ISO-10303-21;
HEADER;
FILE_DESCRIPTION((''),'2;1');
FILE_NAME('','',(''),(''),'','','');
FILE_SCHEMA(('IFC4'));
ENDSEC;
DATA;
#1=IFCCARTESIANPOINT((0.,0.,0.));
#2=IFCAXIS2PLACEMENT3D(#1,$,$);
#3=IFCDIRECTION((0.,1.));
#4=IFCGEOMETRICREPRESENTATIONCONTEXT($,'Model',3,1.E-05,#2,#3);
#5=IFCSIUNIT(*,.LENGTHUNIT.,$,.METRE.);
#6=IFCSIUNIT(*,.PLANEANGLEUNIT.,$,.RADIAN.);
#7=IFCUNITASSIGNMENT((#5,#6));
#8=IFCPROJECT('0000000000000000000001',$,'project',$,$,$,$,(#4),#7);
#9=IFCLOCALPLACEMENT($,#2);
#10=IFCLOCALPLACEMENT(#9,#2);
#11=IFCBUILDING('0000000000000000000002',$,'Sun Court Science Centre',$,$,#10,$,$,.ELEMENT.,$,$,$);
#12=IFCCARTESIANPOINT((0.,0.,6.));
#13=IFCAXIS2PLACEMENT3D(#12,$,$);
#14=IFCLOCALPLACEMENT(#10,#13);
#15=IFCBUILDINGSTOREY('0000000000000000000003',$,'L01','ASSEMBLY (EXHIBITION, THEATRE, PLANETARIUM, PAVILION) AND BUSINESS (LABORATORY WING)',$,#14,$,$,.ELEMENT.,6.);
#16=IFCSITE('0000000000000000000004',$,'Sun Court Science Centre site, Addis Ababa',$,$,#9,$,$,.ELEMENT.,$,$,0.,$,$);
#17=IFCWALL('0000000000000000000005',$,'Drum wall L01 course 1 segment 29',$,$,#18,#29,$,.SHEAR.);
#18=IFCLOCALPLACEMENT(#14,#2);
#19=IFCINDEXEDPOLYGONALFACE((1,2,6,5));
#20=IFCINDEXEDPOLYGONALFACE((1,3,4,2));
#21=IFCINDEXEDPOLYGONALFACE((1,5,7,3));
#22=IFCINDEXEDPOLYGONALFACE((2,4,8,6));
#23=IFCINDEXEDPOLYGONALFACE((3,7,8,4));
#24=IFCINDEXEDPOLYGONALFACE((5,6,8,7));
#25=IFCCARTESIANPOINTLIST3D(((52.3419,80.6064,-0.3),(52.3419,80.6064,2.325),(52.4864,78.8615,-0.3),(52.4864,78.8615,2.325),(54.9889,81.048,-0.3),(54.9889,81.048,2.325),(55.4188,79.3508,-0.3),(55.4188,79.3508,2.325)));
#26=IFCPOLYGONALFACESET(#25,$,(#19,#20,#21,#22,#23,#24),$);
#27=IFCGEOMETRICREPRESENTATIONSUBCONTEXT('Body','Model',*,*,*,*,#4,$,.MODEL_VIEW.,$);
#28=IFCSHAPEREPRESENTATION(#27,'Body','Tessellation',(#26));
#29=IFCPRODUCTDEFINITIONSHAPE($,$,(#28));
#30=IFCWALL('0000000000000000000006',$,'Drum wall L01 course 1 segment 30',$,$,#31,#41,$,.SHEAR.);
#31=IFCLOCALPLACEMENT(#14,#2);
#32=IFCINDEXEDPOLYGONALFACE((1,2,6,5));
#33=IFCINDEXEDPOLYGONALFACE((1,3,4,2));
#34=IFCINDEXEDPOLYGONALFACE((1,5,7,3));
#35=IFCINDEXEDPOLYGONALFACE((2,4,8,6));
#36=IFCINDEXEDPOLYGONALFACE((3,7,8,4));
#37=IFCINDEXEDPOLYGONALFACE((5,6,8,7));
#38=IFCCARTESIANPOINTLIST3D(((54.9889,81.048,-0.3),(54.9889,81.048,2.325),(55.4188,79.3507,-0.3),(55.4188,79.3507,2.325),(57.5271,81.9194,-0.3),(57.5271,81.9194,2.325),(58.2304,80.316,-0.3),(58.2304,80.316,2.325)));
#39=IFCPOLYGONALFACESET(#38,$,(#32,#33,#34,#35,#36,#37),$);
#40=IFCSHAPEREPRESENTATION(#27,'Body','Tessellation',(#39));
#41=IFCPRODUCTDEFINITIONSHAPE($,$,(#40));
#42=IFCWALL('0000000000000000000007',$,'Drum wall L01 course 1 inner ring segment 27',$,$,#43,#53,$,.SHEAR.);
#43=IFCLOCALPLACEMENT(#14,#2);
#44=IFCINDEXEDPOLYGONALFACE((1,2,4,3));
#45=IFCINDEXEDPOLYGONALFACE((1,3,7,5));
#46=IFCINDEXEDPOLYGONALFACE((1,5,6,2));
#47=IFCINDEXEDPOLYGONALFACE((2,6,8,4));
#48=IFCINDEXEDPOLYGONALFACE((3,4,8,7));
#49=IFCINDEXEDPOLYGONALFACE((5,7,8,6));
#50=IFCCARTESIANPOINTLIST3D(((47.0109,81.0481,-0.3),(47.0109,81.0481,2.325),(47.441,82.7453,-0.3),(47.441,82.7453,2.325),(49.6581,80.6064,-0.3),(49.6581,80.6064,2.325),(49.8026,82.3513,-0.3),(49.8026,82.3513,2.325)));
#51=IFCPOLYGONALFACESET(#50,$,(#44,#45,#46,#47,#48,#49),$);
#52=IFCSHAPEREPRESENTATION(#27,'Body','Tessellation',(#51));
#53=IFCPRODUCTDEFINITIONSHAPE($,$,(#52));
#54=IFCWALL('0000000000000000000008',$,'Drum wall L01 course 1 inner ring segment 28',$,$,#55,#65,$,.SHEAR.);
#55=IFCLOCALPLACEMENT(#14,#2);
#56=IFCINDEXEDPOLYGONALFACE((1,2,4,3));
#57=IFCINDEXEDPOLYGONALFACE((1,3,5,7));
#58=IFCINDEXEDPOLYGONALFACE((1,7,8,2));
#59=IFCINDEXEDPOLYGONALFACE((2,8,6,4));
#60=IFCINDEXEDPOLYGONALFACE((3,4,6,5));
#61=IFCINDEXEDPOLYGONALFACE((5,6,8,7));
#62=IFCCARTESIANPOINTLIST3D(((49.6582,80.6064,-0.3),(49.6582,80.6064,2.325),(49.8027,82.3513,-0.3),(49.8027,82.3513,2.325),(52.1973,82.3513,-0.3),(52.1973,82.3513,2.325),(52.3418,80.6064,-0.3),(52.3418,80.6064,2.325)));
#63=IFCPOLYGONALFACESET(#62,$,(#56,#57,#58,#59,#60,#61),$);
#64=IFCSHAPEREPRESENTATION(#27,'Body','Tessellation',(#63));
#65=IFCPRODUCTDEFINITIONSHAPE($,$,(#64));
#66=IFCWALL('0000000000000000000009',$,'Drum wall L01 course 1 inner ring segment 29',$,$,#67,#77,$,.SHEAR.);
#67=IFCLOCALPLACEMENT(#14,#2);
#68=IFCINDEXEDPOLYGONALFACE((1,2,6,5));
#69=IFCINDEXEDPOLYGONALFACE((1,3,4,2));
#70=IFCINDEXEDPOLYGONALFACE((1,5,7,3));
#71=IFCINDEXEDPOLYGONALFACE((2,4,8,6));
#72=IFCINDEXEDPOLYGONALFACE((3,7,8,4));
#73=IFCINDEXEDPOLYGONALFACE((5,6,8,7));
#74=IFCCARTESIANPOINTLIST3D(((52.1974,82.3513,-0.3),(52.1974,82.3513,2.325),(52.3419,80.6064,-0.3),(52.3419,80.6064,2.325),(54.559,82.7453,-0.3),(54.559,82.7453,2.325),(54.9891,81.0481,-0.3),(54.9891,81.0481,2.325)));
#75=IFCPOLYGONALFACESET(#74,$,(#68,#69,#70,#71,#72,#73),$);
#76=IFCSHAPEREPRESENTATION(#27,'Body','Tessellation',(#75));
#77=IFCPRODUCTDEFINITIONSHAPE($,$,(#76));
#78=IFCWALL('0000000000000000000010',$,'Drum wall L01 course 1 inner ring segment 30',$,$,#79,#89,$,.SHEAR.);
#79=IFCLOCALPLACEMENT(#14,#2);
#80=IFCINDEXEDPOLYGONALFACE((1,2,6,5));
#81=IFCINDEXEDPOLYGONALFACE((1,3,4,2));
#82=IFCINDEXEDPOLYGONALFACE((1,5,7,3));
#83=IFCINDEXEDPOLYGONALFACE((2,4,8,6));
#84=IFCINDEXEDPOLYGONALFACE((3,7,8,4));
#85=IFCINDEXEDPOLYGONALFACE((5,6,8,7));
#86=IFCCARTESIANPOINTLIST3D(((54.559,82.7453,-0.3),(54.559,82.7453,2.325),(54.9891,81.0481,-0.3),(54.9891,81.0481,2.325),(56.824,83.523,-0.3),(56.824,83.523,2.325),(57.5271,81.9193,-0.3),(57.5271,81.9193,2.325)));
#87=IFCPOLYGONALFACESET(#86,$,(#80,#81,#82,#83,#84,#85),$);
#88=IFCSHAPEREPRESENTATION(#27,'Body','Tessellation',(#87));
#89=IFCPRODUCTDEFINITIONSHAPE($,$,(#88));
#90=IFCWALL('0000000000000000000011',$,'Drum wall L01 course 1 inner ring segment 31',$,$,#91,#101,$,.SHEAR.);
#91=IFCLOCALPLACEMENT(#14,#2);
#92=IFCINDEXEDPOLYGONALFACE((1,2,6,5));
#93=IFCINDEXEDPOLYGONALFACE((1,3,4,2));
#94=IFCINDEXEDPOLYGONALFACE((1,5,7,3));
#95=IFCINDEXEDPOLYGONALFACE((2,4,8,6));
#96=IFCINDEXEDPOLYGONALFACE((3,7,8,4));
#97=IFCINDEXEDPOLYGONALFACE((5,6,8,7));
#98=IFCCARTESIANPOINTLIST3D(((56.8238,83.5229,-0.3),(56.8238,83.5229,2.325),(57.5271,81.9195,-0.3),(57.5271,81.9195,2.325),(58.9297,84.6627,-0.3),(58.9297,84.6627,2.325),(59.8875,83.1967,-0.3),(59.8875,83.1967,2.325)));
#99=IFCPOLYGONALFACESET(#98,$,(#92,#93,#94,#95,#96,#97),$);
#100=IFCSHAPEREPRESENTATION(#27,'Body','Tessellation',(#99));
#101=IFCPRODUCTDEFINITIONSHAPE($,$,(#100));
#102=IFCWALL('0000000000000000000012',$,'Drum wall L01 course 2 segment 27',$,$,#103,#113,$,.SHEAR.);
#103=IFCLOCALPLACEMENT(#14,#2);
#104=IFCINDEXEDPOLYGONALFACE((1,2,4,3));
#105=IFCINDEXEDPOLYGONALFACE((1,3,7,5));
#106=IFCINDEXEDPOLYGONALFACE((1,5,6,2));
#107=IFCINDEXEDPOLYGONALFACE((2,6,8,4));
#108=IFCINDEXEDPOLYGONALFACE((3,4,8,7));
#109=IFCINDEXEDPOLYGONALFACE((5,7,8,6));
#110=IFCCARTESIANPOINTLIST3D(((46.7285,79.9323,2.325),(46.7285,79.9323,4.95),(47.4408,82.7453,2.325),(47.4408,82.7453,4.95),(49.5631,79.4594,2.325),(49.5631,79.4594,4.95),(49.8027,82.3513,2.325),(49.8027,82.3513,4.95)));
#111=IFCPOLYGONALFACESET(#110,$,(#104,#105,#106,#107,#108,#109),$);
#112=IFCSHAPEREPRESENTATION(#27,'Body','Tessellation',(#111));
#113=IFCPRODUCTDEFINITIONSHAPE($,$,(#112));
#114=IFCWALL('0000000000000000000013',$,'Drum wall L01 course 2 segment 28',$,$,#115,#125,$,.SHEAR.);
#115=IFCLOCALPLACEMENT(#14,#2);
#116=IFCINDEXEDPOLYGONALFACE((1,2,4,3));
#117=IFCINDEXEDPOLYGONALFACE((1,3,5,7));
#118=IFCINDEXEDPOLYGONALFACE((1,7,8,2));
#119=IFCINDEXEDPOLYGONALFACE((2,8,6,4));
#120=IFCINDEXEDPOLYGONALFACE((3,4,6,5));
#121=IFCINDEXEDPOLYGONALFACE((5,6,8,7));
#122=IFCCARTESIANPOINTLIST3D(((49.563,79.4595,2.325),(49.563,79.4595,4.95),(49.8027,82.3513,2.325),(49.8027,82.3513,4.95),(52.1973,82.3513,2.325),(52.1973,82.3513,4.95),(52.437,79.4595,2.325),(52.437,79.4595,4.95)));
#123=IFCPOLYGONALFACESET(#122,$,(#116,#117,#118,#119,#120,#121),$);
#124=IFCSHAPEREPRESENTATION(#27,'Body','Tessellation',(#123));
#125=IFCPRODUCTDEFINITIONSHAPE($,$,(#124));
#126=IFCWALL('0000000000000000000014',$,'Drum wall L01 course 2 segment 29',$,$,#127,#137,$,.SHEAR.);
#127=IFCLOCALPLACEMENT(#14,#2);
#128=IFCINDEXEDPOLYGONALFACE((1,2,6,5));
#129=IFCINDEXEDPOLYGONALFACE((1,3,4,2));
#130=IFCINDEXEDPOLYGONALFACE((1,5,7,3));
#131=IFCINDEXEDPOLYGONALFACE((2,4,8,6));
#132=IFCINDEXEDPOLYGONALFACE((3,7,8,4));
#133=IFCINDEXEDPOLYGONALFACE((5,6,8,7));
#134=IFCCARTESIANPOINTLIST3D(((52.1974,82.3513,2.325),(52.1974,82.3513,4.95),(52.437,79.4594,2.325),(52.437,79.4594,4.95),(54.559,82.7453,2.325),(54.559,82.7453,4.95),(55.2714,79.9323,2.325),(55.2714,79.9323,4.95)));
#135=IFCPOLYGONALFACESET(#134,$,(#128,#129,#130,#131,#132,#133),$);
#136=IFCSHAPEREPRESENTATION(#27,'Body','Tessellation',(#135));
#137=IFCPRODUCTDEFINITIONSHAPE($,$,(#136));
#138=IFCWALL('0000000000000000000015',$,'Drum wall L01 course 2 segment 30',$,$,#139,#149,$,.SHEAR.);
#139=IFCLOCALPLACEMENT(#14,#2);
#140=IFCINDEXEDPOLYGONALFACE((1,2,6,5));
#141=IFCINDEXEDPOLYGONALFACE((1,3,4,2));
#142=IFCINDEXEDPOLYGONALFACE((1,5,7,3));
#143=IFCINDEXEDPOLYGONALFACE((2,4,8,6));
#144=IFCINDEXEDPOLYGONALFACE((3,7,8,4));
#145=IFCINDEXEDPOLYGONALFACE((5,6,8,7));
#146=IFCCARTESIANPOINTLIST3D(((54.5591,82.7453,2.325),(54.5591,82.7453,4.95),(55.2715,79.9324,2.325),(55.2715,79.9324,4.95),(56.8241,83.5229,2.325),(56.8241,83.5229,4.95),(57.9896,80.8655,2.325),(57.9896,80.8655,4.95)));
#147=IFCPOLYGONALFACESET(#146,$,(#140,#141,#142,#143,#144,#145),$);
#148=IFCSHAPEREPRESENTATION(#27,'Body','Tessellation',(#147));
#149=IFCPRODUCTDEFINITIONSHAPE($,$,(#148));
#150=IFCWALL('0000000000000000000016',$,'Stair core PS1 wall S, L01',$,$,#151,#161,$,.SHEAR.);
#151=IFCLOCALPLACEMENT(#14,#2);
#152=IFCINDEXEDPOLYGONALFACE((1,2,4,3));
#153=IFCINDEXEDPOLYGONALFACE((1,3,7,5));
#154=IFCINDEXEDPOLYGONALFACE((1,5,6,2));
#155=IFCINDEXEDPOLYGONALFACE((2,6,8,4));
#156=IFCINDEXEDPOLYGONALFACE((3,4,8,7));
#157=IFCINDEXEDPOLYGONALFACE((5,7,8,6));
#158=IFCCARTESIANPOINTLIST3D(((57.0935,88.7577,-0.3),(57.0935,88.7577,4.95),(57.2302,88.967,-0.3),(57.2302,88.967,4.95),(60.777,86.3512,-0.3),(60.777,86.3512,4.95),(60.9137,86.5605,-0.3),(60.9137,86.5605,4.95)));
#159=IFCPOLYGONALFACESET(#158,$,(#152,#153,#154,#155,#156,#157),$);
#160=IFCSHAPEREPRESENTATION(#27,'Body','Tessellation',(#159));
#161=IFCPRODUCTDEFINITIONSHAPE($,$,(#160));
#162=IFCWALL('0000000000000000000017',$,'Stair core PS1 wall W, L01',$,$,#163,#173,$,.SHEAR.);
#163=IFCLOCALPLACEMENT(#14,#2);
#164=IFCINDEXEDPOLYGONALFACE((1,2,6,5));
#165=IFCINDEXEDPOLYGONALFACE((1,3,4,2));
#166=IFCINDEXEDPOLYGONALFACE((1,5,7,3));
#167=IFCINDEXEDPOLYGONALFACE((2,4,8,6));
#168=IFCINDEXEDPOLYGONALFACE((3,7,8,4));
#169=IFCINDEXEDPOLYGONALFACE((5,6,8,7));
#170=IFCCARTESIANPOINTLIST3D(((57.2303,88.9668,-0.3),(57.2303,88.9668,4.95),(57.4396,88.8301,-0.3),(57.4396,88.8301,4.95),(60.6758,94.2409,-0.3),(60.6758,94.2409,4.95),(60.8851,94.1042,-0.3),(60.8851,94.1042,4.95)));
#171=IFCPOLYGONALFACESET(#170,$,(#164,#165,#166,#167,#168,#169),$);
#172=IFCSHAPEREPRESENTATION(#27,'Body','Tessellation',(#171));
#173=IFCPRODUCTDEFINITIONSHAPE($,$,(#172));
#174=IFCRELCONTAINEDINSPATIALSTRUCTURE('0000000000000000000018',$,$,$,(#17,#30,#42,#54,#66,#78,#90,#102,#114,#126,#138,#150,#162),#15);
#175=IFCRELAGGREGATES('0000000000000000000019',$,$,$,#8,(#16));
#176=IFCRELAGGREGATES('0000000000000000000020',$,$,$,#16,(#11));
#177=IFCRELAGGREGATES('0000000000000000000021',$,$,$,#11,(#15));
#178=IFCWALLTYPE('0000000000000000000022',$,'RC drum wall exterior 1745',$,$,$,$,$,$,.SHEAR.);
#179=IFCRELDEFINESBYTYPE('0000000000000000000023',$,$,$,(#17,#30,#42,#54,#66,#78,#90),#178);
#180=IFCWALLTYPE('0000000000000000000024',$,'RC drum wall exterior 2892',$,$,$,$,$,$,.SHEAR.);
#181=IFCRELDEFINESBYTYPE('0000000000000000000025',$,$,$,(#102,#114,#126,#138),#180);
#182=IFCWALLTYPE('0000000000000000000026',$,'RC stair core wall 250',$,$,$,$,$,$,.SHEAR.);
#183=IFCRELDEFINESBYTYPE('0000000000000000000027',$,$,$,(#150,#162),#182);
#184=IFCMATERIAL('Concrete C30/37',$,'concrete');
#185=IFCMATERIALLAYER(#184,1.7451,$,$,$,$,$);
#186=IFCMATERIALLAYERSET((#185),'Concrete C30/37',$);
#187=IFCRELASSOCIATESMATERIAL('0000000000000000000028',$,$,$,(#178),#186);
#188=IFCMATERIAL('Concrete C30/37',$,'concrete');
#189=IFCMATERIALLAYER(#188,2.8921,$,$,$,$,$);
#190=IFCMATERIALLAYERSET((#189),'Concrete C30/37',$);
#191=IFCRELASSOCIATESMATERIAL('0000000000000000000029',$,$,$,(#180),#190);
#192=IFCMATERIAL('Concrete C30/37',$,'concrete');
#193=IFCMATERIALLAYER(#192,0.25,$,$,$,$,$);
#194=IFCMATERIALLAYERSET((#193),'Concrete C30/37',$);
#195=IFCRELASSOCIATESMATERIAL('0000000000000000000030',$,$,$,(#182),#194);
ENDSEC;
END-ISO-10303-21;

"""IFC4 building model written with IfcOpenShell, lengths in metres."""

from ifc_helpers import new_model, si_unit, direction, frame, frame_2d, origin, place, context, subcontext, project, spatial, polyline, rectangle, outline, extrude, material, layer, layer_set, type_object, element, save


model = new_model("IFC4")

# Units and contexts
model_context = context("Model", 3, precision=1e-05, world=origin(), true_north=direction((0.0, 1.0)))
body_context = subcontext(model_context, "Body", "Model", "MODEL_VIEW")
ifc_project = project(units=[si_unit("LENGTHUNIT", "METRE"), si_unit("PLANEANGLEUNIT", "RADIAN")], contexts=[model_context])

# Site, building, storey
site_placement = place(None, origin())
site = spatial("IfcSite", under=ifc_project, at=site_placement, Name="Sun Court Science Centre site, Addis Ababa", CompositionType="ELEMENT", RefElevation=0.0)
building_placement = place(site_placement, origin())
building = spatial("IfcBuilding", under=site, at=building_placement, Name="Sun Court Science Centre", CompositionType="ELEMENT")
storey_placement = place(building_placement, frame((0.0, 0.0, 6.0)))
storey = spatial("IfcBuildingStorey", under=building, at=storey_placement, Name="L01", Description="ASSEMBLY (EXHIBITION, THEATRE, PLANETARIUM, PAVILION) AND BUSINESS (LABORATORY WING)", CompositionType="ELEMENT", Elevation=6.0)

# Walls
ifc_material_1 = material(Name="Concrete C30/37", Category="concrete")
ifc_layer_1 = layer(ifc_material_1, 1.7451)
ifc_layer_set_1 = layer_set([ifc_layer_1], Name="Concrete C30/37")
wall_type_1 = type_object("IfcWallType", Name="RC drum wall exterior 1745", PredefinedType="SHEAR", material=ifc_layer_set_1)
wall_1_placement = place(storey_placement, frame((52.3428, 79.7219, -0.3), z_axis=(0.0, 0.0, 1.0), x_axis=(0.986352, 0.164652, 0.0)))
element("IfcWall", 1, at=wall_1_placement, inside=storey, type_object=wall_type_1, Name="Drum wall L01 course 1 segment 29", PredefinedType="SHEAR", context=body_context, shape_type="SweptSolid", body=[
    extrude(outline(polyline([(0.0, -0.8723), (2.9729, -0.8726), (2.8284, 0.8723), (0.1448, 0.8726), (0.0, -0.8723)])), origin(), (0.0, 0.0, 1.0), 2.625),
])
wall_2_placement = place(storey_placement, frame((55.1355, 80.176, -0.3), z_axis=(0.0, 0.0, 1.0), x_axis=(0.945812, 0.324715, 0.0)))
element("IfcWall", 2, at=wall_2_placement, inside=storey, type_object=wall_type_1, Name="Drum wall L01 course 1 segment 30", PredefinedType="SHEAR", context=body_context, shape_type="SweptSolid", body=[
    extrude(outline(polyline([(0.0, -0.8726), (2.9727, -0.8726), (2.8281, 0.8723), (0.1445, 0.8723), (0.0, -0.8726)])), origin(), (0.0, 0.0, 1.0), 2.625),
])
wall_3_placement = place(storey_placement, frame((47.1548, 81.9087, -0.3), z_axis=(0.0, 0.0, 1.0), x_axis=(0.98635, -0.164665, 0.0)))
element("IfcWall", 3, at=wall_3_placement, inside=storey, type_object=wall_type_1, Name="Drum wall L01 course 1 inner ring segment 27", PredefinedType="SHEAR", context=body_context, shape_type="SweptSolid", body=[
    extrude(outline(polyline([(-0.0002, -0.8726), (2.6836, -0.8723), (2.5388, 0.8726), (0.1445, 0.8723), (-0.0002, -0.8726)])), origin(), (0.0, 0.0, 1.0), 2.625),
])
wall_4_placement = place(storey_placement, frame((49.6582, 81.4788, -0.3), z_axis=(0.0, 0.0, 1.0), x_axis=(1.0, 0.0, 0.0)))
element("IfcWall", 4, at=wall_4_placement, inside=storey, type_object=wall_type_1, Name="Drum wall L01 course 1 inner ring segment 28", PredefinedType="SHEAR", context=body_context, shape_type="SweptSolid", body=[
    extrude(outline(polyline([(0.0, -0.8723), (2.6836, -0.8723), (2.5391, 0.8726), (0.1445, 0.8726), (0.0, -0.8723)])), origin(), (0.0, 0.0, 1.0), 2.625),
])
wall_5_placement = place(storey_placement, frame((52.1982, 81.4668, -0.3), z_axis=(0.0, 0.0, 1.0), x_axis=(0.98635, 0.164665, 0.0)))
element("IfcWall", 5, at=wall_5_placement, inside=storey, type_object=wall_type_1, Name="Drum wall L01 course 1 inner ring segment 29", PredefinedType="SHEAR", context=body_context, shape_type="SweptSolid", body=[
    extrude(outline(polyline([(0.0, -0.8723), (2.6838, -0.8726), (2.5391, 0.8723), (0.1448, 0.8726), (0.0, -0.8723)])), origin(), (0.0, 0.0, 1.0), 2.625),
])
wall_6_placement = place(storey_placement, frame((54.7056, 81.8733, -0.3), z_axis=(0.0, 0.0, 1.0), x_axis=(0.945825, 0.324675, 0.0)))
element("IfcWall", 6, at=wall_6_placement, inside=storey, type_object=wall_type_1, Name="Drum wall L01 course 1 inner ring segment 30", PredefinedType="SHEAR", context=body_context, shape_type="SweptSolid", body=[
    extrude(outline(polyline([(0.0002, -0.8726), (2.6836, -0.8726), (2.5393, 0.8726), (0.1445, 0.8723), (0.0002, -0.8726)])), origin(), (0.0, 0.0, 1.0), 2.625),
])
wall_7_placement = place(storey_placement, frame((57.1121, 82.6868, -0.3), z_axis=(0.0, 0.0, 1.0), x_axis=(0.879455, 0.475981, 0.0)))
element("IfcWall", 7, at=wall_7_placement, inside=storey, type_object=wall_type_1, Name="Drum wall L01 course 1 inner ring segment 31", PredefinedType="SHEAR", context=body_context, shape_type="SweptSolid", body=[
    extrude(outline(polyline([(-0.0002, -0.8723), (2.6836, -0.8726), (2.5391, 0.8726), (0.1445, 0.8726), (-0.0002, -0.8723)])), origin(), (0.0, 0.0, 1.0), 2.625),
])
ifc_material_2 = material(Name="Concrete C30/37", Category="concrete")
ifc_layer_2 = layer(ifc_material_2, 2.8921)
ifc_layer_set_2 = layer_set([ifc_layer_2], Name="Concrete C30/37")
wall_type_2 = type_object("IfcWallType", Name="RC drum wall exterior 2892", PredefinedType="SHEAR", material=ifc_layer_set_2)
wall_8_placement = place(storey_placement, frame((46.9666, 81.3586, 2.325), z_axis=(0.0, 0.0, 1.0), x_axis=(0.986353, -0.164647, 0.0)))
element("IfcWall", 8, at=wall_8_placement, inside=storey, type_object=wall_type_2, Name="Drum wall L01 course 2 segment 27", PredefinedType="SHEAR", context=body_context, shape_type="SweptSolid", body=[
    extrude(outline(polyline([(0.0, -1.446), (2.8738, -1.4458), (2.634, 1.446), (0.2395, 1.4458), (0.0, -1.446)])), origin(), (0.0, 0.0, 1.0), 2.625),
])
wall_9_placement = place(storey_placement, frame((49.5632, 80.9053, 2.325), z_axis=(0.0, 0.0, 1.0), x_axis=(1.0, 0.0, 0.0)))
element("IfcWall", 9, at=wall_9_placement, inside=storey, type_object=wall_type_2, Name="Drum wall L01 course 2 segment 28", PredefinedType="SHEAR", context=body_context, shape_type="SweptSolid", body=[
    extrude(outline(polyline([(-0.0002, -1.4458), (2.8738, -1.4458), (2.634, 1.446), (0.2395, 1.446), (-0.0002, -1.4458)])), origin(), (0.0, 0.0, 1.0), 2.625),
])
wall_10_placement = place(storey_placement, frame((52.199, 80.8855, 2.325), z_axis=(0.0, 0.0, 1.0), x_axis=(0.986353, 0.164647, 0.0)))
element("IfcWall", 10, at=wall_10_placement, inside=storey, type_object=wall_type_2, Name="Drum wall L01 course 2 segment 29", PredefinedType="SHEAR", context=body_context, shape_type="SweptSolid", body=[
    extrude(outline(polyline([(0.0, -1.4458), (2.8735, -1.446), (2.634, 1.4458), (0.2397, 1.446), (0.0, -1.4458)])), origin(), (0.0, 0.0, 1.0), 2.625),
])
wall_11_placement = place(storey_placement, frame((54.802, 81.3, 2.325), z_axis=(0.0, 0.0, 1.0), x_axis=(0.945816, 0.324702, 0.0)))
element("IfcWall", 11, at=wall_11_placement, inside=storey, type_object=wall_type_2, Name="Drum wall L01 course 2 segment 30", PredefinedType="SHEAR", context=body_context, shape_type="SweptSolid", body=[
    extrude(outline(polyline([(0.0, -1.446), (2.8738, -1.446), (2.6343, 1.4458), (0.2395, 1.4458), (0.0, -1.446)])), origin(), (0.0, 0.0, 1.0), 2.625),
])
ifc_material_3 = material(Name="Concrete C30/37", Category="concrete")
ifc_layer_3 = layer(ifc_material_3, 0.25)
ifc_layer_set_3 = layer_set([ifc_layer_3], Name="Concrete C30/37")
wall_type_3 = type_object("IfcWallType", Name="RC stair core wall 250", PredefinedType="SHEAR", material=ifc_layer_set_3)
wall_12_placement = place(storey_placement, frame((57.1619, 88.8623, -0.3), z_axis=(0.0, 0.0, 1.0), x_axis=(0.837179, -0.546929, 0.0)))
element("IfcWall", 12, at=wall_12_placement, inside=storey, type_object=wall_type_3, Name="Stair core PS1 wall S, L01", PredefinedType="SHEAR", context=body_context, shape_type="SweptSolid", body=[
    extrude(rectangle(XDim=4.3999, YDim=0.25, at=frame_2d((2.2, 0.0))), origin(), (0.0, 0.0, 1.0), 5.25),
])
wall_13_placement = place(storey_placement, frame((57.335, 88.8984, -0.3), z_axis=(0.0, 0.0, 1.0), x_axis=(0.546923, 0.837183, 0.0)))
element("IfcWall", 13, at=wall_13_placement, inside=storey, type_object=wall_type_3, Name="Stair core PS1 wall W, L01", PredefinedType="SHEAR", context=body_context, shape_type="SweptSolid", body=[
    extrude(rectangle(XDim=6.2998, YDim=0.25, at=frame_2d((3.1499, 0.0))), origin(), (0.0, 0.0, 1.0), 5.25),
])

save(model, "model.ifc")
